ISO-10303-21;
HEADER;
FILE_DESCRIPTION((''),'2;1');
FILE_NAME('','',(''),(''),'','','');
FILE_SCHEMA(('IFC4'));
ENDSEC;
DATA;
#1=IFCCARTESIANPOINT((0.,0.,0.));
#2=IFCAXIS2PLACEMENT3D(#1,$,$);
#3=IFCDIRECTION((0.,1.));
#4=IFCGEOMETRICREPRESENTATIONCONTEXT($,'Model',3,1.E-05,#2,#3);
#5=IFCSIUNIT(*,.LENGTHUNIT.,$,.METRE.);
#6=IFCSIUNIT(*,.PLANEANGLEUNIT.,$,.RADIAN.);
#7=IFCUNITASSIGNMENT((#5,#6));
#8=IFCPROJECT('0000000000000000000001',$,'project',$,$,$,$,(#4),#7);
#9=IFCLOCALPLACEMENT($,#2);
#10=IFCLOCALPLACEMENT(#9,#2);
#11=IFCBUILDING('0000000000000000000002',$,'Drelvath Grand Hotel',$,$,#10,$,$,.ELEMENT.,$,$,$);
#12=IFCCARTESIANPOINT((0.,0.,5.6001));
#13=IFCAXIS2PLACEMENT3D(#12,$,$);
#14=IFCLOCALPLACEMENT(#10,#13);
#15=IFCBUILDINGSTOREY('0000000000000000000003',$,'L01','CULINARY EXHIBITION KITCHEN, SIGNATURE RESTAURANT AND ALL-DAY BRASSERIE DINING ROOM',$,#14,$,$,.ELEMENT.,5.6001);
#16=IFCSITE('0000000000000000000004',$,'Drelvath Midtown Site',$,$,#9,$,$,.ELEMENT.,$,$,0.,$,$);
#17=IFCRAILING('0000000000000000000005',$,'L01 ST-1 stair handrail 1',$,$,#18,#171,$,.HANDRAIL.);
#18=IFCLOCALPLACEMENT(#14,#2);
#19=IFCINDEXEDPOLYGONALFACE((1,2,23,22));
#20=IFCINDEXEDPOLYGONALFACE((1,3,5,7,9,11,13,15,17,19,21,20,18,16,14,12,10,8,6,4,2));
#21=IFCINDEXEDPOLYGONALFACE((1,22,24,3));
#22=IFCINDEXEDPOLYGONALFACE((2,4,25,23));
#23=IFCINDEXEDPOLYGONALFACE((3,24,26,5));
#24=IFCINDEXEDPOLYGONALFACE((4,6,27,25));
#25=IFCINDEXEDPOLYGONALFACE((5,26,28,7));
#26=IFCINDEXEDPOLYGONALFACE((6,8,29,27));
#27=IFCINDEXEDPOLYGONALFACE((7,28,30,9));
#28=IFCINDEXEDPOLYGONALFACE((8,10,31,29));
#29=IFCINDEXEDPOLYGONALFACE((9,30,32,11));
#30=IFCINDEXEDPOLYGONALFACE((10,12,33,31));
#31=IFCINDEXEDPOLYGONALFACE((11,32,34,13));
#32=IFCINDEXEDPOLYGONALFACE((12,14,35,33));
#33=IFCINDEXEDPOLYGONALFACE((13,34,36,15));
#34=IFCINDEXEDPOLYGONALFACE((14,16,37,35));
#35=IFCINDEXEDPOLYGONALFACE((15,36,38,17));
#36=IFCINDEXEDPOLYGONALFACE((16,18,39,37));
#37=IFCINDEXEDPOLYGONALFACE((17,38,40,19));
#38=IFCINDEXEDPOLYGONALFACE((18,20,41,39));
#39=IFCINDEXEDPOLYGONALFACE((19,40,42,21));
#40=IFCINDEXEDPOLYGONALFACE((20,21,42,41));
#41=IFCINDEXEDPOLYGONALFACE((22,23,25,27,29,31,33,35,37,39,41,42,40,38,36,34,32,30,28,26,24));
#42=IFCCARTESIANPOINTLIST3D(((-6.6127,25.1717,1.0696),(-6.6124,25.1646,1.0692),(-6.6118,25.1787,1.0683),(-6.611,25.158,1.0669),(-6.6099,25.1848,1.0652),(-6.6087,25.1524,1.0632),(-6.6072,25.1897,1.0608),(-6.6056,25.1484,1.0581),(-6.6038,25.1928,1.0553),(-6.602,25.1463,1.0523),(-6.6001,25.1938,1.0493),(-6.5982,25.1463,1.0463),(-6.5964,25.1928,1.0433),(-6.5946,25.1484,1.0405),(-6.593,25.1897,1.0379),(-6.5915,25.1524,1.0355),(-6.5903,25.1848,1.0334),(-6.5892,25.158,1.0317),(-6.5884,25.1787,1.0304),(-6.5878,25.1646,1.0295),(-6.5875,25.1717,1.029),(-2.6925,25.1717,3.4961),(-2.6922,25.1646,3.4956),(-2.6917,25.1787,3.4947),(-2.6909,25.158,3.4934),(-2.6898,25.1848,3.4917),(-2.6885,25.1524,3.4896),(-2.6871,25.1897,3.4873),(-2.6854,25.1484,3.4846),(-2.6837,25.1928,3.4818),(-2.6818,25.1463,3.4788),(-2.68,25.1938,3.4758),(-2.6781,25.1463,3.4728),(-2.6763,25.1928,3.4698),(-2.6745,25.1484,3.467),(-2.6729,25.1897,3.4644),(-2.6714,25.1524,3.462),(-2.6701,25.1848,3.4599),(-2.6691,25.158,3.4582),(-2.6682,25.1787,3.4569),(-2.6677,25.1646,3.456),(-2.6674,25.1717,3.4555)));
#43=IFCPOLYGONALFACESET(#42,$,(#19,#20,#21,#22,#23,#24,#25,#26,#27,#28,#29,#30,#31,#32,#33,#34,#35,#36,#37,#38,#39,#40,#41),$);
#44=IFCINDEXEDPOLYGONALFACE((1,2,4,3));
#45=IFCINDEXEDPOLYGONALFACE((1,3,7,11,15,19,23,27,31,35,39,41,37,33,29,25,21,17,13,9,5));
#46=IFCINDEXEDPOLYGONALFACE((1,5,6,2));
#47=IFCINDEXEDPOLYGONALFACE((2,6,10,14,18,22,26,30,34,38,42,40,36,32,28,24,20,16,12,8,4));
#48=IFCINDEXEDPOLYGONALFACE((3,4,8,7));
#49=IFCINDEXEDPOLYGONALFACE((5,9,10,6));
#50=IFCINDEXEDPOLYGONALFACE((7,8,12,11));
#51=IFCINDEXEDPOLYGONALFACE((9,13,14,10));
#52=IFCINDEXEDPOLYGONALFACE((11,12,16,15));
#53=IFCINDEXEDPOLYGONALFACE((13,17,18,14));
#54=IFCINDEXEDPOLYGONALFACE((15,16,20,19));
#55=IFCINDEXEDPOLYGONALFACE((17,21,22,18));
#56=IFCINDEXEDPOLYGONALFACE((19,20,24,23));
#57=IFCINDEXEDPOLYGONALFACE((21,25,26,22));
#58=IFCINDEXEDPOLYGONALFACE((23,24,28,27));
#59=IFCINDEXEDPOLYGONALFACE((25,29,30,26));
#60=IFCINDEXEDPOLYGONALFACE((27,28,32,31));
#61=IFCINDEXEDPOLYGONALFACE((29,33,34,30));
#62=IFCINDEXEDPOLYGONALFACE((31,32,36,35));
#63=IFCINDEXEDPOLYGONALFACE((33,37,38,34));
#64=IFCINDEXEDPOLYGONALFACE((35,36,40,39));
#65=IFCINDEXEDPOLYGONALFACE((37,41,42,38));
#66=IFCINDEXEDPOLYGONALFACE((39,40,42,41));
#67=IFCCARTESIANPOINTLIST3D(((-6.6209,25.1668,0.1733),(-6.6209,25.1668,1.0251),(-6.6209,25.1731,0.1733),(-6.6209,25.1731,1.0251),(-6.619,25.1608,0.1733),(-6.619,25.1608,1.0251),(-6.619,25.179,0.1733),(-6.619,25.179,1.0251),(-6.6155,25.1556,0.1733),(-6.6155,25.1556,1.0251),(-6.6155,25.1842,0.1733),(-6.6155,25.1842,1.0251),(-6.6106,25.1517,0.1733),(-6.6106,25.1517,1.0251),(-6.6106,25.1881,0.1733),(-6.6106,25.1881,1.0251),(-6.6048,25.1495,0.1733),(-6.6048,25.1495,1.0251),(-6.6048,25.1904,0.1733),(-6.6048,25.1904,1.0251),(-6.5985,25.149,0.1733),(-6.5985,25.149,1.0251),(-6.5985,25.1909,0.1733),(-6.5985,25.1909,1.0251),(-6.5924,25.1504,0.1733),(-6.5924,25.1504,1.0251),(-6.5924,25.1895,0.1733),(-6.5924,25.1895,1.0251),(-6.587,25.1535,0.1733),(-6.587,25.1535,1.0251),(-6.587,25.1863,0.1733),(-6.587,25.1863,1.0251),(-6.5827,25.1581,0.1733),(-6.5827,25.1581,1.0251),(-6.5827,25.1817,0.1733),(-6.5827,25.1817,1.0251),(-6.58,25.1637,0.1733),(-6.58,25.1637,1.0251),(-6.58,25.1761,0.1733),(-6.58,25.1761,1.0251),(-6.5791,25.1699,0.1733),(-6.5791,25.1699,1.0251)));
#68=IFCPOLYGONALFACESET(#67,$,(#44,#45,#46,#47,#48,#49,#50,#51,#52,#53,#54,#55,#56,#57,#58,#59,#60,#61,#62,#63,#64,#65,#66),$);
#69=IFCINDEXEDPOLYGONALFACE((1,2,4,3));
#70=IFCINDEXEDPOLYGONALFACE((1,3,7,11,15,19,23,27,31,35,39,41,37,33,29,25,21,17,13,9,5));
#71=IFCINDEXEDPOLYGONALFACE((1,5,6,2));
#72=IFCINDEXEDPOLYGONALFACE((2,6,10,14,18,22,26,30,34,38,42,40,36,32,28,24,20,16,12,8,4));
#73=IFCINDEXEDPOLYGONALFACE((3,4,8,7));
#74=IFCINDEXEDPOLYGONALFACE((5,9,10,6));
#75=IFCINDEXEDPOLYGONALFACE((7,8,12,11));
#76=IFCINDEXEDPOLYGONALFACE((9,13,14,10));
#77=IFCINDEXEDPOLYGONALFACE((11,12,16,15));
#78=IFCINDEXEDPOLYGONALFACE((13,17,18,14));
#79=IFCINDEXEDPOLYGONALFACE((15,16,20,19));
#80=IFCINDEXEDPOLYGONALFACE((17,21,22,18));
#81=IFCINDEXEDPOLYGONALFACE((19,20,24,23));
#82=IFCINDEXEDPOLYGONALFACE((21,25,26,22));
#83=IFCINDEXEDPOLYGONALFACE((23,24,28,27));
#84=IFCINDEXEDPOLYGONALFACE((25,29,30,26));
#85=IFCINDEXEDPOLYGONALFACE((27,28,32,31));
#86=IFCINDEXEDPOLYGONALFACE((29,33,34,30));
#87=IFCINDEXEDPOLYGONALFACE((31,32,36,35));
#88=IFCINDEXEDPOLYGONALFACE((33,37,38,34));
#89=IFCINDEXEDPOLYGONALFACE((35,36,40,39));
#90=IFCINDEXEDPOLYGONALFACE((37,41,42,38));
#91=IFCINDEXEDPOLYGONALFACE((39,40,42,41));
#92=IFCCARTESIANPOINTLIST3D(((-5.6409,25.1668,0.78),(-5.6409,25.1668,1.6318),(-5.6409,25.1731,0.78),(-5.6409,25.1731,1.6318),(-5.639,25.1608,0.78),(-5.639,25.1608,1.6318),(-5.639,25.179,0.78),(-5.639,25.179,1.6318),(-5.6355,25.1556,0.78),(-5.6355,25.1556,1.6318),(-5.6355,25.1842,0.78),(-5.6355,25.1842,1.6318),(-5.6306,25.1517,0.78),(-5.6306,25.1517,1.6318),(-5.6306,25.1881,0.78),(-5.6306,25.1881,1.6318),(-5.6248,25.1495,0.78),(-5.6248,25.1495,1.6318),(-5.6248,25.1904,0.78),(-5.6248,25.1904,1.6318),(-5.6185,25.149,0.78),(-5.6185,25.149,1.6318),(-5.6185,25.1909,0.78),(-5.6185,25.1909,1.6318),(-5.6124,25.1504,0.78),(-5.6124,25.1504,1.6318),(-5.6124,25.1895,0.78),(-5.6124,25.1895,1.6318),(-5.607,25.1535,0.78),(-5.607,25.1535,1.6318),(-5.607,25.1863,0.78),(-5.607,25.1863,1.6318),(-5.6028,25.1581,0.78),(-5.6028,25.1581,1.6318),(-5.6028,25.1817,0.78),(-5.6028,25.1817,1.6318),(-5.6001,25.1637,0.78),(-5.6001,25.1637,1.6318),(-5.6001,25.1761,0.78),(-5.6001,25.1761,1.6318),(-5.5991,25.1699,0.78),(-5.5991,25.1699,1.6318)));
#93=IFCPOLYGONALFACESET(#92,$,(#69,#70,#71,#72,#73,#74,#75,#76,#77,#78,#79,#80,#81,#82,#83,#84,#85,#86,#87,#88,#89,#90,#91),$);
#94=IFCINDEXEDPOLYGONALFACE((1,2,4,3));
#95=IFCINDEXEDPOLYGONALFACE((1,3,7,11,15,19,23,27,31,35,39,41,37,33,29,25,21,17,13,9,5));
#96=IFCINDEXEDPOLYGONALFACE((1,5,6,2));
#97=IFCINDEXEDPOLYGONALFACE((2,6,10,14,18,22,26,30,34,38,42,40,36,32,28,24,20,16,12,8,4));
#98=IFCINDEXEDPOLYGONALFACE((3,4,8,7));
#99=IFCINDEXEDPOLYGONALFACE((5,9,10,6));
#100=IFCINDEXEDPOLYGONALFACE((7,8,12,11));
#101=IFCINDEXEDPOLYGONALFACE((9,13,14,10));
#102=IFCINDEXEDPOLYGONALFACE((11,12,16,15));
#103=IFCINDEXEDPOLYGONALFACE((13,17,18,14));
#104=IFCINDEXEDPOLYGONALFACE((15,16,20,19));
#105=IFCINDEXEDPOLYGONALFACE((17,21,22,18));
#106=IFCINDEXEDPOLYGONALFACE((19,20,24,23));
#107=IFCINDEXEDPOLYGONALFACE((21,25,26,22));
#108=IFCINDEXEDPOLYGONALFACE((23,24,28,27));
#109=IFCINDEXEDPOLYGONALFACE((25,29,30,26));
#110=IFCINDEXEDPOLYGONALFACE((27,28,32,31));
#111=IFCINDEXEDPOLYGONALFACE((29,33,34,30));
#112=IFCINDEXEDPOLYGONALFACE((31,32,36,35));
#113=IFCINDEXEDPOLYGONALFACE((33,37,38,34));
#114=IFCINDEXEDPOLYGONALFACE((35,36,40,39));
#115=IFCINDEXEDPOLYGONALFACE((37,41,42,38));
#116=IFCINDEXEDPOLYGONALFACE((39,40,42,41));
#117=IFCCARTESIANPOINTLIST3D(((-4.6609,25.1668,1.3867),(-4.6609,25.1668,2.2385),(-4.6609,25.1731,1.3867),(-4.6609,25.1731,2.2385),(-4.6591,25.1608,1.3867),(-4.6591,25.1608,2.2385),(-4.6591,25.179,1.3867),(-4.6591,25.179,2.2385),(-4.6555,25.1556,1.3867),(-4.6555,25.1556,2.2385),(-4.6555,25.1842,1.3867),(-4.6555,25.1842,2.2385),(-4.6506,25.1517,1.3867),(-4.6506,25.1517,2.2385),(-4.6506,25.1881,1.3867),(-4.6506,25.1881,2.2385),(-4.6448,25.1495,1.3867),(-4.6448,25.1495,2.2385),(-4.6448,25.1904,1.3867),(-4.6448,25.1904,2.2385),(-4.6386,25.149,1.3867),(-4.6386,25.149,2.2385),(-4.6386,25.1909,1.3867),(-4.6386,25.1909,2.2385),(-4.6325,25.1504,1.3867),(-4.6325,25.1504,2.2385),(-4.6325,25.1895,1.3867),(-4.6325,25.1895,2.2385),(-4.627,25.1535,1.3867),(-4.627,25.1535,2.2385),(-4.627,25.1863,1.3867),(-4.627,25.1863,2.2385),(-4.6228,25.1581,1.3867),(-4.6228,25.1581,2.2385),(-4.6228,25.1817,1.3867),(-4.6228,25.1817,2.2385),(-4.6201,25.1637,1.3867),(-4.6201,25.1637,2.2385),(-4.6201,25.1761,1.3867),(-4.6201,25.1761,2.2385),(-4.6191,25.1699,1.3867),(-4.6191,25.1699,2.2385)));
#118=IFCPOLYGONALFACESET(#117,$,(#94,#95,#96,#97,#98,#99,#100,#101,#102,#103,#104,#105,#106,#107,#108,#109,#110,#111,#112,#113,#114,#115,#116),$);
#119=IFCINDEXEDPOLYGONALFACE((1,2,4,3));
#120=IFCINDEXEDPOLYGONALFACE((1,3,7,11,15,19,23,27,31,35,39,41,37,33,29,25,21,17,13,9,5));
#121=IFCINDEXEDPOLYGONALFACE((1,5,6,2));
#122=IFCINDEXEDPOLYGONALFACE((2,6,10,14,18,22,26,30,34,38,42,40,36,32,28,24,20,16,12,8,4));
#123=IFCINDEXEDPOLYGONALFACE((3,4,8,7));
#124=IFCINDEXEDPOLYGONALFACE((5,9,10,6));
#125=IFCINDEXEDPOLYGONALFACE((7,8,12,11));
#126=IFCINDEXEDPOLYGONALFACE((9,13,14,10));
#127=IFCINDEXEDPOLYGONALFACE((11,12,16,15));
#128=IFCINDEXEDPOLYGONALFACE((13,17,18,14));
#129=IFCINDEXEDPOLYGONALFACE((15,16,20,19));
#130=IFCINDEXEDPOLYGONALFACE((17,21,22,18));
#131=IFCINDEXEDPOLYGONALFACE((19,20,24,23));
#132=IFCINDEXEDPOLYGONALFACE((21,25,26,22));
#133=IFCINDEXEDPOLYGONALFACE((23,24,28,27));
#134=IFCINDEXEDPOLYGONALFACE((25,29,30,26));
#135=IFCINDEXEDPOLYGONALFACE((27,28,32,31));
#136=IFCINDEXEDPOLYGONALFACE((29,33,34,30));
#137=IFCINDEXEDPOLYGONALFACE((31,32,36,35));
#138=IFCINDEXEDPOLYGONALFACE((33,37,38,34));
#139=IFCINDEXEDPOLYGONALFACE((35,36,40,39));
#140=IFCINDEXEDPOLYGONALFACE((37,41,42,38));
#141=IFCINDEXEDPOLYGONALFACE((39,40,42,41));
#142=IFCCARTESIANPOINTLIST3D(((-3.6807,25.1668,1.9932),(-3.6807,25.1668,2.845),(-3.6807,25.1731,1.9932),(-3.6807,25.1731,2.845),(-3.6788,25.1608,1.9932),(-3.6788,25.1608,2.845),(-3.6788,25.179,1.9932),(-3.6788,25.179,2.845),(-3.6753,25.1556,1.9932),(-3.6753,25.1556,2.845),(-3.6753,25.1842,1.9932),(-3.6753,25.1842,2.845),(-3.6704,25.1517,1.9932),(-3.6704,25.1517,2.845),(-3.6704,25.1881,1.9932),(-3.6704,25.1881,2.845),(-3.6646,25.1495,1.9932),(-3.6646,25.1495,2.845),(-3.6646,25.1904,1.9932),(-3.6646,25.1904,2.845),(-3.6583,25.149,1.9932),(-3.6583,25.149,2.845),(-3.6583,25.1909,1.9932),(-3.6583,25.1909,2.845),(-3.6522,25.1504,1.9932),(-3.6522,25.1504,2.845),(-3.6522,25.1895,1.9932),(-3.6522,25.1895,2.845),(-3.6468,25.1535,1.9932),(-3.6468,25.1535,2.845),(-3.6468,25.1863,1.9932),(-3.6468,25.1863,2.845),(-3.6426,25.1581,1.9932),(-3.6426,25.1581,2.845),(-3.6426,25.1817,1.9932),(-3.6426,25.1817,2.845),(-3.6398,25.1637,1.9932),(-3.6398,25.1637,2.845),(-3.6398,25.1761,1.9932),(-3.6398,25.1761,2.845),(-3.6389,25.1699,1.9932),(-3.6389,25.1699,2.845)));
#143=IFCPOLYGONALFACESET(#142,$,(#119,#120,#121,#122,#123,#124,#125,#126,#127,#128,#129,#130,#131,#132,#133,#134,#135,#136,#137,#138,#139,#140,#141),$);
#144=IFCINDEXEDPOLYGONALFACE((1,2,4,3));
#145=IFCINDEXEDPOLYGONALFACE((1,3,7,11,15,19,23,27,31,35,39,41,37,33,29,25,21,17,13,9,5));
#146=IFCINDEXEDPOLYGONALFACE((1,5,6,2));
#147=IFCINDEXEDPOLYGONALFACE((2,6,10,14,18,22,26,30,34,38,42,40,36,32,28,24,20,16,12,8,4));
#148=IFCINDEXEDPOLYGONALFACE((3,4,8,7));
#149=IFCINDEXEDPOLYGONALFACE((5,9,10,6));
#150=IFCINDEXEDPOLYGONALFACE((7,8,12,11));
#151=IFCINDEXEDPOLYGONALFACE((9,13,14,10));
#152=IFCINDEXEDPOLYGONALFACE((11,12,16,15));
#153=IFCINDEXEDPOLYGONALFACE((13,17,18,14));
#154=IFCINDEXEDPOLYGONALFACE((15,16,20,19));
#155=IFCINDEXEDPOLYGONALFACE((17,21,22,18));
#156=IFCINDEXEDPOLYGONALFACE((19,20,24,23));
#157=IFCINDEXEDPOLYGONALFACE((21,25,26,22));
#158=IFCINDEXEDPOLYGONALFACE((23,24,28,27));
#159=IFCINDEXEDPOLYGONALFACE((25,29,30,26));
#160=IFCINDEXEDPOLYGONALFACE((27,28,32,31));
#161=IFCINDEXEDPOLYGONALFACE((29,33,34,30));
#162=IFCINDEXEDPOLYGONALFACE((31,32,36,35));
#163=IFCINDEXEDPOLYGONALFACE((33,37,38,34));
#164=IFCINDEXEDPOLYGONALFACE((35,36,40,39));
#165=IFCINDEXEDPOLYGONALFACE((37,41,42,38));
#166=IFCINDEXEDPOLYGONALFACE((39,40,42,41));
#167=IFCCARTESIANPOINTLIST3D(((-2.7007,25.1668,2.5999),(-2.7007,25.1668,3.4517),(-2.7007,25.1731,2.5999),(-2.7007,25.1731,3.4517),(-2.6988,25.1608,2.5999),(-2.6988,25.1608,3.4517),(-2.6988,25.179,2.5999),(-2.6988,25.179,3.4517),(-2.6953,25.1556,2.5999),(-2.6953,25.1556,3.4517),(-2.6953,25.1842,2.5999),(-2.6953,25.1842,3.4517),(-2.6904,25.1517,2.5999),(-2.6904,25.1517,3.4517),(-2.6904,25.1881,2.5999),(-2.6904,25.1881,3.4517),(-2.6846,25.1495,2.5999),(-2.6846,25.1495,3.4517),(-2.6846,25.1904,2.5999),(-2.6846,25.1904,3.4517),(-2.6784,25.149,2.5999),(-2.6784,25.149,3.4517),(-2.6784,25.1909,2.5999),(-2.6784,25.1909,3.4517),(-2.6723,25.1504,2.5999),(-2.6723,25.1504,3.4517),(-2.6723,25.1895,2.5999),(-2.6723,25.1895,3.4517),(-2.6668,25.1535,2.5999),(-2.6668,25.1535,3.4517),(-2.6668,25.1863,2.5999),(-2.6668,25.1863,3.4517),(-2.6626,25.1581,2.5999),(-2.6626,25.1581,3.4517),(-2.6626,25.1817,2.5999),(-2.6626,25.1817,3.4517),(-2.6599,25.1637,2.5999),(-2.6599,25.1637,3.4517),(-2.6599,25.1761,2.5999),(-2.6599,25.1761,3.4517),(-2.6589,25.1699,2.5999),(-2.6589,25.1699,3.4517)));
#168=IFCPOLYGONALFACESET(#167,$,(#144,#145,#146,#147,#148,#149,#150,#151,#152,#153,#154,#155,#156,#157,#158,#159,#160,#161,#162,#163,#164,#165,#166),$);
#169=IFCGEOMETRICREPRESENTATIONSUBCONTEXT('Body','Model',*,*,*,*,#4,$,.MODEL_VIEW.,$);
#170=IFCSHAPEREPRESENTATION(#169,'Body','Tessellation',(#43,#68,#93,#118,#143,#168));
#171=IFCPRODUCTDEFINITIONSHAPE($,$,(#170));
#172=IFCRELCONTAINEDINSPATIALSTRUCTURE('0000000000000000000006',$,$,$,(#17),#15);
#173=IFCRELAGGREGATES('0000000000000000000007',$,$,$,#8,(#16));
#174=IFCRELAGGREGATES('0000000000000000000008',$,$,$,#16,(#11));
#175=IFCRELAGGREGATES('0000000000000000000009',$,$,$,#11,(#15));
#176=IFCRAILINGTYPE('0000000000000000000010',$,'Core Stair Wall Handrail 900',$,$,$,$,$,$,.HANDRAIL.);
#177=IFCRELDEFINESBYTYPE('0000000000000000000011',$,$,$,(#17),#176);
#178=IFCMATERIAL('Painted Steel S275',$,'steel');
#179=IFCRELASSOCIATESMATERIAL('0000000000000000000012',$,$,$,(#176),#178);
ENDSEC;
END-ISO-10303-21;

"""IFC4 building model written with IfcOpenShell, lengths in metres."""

from ifc_helpers import new_model, si_unit, direction, frame, origin, origin_2d, place, context, subcontext, project, spatial, circle, extrude, material, type_object, element, save


model = new_model("IFC4")

# Units and contexts
model_context = context("Model", 3, precision=1e-05, world=origin(), true_north=direction((0.0, 1.0)))
body_context = subcontext(model_context, "Body", "Model", "MODEL_VIEW")
ifc_project = project(units=[si_unit("LENGTHUNIT", "METRE"), si_unit("PLANEANGLEUNIT", "RADIAN")], contexts=[model_context])

# Site, building, storey
site_placement = place(None, origin())
site = spatial("IfcSite", under=ifc_project, at=site_placement, Name="Drelvath Midtown Site", CompositionType="ELEMENT", RefElevation=0.0)
building_placement = place(site_placement, origin())
building = spatial("IfcBuilding", under=site, at=building_placement, Name="Drelvath Grand Hotel", CompositionType="ELEMENT")
storey_placement = place(building_placement, frame((0.0, 0.0, 5.6001)))
storey = spatial("IfcBuildingStorey", under=building, at=storey_placement, Name="L01", Description="CULINARY EXHIBITION KITCHEN, SIGNATURE RESTAURANT AND ALL-DAY BRASSERIE DINING ROOM", CompositionType="ELEMENT", Elevation=5.6001)

# Shared definitions
ifc_material_1 = material(Name="Painted Steel S275", Category="steel")

# Railing
railing_type_1 = type_object("IfcRailingType", Name="Core Stair Wall Handrail 900", PredefinedType="HANDRAIL", material=ifc_material_1)
railing_1_placement = place(storey_placement, frame((-6.6001, 25.1699, 0.1733)))
element("IfcRailing", 1, at=railing_1_placement, inside=storey, type_object=railing_type_1, Name="L01 ST-1 stair handrail 1", PredefinedType="HANDRAIL", context=body_context, shape_type="SweptSolid", body=[
    extrude(circle(Radius=0.0239, at=origin_2d()), frame((0.0, 0.0, 0.876), z_axis=(0.85029, 0.0, 0.526315), x_axis=(0.0, 1.0, 0.0)), (0.0, 0.0, 1.0), 4.6104),
    extrude(circle(Radius=0.021, at=origin_2d()), origin(), (0.0, 0.0, 1.0), 0.8518),
    extrude(circle(Radius=0.021, at=origin_2d()), frame((0.98, 0.0, 0.6067)), (0.0, 0.0, 1.0), 0.8518),
    extrude(circle(Radius=0.021, at=origin_2d()), frame((1.96, 0.0, 1.2134)), (0.0, 0.0, 1.0), 0.8518),
    extrude(circle(Radius=0.021, at=origin_2d()), frame((2.9402, 0.0, 1.8198)), (0.0, 0.0, 1.0), 0.8518),
    extrude(circle(Radius=0.021, at=origin_2d()), frame((3.9202, 0.0, 2.4265)), (0.0, 0.0, 1.0), 0.8518),
])

save(model, "model.ifc")
